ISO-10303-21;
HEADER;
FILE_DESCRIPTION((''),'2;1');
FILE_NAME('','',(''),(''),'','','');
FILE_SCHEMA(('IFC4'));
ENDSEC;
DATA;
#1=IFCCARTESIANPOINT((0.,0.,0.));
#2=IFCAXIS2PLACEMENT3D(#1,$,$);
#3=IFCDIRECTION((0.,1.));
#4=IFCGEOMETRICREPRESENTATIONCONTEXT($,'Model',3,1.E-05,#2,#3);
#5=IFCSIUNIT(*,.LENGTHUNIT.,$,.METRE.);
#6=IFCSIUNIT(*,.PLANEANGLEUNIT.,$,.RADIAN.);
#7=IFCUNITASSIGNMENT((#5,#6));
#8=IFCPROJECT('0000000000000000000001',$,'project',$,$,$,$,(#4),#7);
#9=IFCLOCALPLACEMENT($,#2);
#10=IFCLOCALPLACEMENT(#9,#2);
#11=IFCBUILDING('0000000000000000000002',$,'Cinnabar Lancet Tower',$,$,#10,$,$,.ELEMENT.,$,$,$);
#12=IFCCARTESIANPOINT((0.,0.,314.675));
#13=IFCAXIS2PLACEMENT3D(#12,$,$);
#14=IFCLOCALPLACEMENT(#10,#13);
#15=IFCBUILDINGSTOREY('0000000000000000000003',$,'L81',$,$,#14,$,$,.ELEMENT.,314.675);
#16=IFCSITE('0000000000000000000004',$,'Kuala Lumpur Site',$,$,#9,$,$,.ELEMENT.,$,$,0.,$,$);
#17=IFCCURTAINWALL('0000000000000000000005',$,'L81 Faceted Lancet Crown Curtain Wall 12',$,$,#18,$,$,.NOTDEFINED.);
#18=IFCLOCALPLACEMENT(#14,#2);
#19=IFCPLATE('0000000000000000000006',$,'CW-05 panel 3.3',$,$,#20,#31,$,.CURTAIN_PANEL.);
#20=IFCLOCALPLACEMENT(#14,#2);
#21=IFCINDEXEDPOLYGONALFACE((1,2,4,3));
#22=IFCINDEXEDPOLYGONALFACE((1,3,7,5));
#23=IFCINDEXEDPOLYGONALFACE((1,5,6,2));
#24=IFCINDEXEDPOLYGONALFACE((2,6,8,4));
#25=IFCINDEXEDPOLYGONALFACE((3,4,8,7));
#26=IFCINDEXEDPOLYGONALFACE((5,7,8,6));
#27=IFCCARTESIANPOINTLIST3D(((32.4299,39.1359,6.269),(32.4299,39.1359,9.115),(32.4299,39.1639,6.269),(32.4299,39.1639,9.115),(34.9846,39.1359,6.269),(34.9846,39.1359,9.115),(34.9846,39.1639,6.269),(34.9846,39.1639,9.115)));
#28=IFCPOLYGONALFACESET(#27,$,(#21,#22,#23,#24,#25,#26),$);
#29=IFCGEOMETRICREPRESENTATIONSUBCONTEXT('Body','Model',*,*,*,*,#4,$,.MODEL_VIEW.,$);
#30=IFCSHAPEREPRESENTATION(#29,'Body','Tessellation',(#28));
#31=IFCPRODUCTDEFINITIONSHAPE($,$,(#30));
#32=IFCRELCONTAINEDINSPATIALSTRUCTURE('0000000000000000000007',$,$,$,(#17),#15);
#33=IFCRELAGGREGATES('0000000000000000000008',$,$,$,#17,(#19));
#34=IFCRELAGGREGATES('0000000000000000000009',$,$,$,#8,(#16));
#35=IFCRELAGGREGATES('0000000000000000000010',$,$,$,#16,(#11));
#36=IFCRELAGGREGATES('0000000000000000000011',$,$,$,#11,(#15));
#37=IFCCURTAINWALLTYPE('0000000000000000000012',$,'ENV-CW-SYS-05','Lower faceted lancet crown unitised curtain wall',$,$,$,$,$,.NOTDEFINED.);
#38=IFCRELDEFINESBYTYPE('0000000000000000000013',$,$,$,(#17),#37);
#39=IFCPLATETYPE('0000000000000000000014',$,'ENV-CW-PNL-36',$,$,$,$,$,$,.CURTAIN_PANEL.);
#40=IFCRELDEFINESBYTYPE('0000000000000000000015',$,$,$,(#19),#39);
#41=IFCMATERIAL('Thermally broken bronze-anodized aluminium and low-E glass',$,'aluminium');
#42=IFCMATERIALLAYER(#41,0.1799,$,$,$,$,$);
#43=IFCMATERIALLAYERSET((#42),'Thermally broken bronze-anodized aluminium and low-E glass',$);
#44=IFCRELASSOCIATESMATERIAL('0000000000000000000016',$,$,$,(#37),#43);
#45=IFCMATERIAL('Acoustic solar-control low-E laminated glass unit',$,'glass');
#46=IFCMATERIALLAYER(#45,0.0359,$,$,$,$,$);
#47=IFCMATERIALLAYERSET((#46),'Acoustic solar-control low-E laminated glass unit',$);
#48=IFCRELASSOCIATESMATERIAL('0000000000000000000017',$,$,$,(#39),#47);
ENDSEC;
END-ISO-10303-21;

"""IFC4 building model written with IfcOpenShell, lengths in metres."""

from ifc_helpers import new_model, si_unit, direction, frame, origin, origin_2d, place, context, subcontext, project, spatial, rectangle, extrude, material, layer, layer_set, type_object, element, aggregate, save


model = new_model("IFC4")

# Units and contexts
model_context = context("Model", 3, precision=1e-05, world=origin(), true_north=direction((0.0, 1.0)))
body_context = subcontext(model_context, "Body", "Model", "MODEL_VIEW")
ifc_project = project(units=[si_unit("LENGTHUNIT", "METRE"), si_unit("PLANEANGLEUNIT", "RADIAN")], contexts=[model_context])

# Site, building, storey
site_placement = place(None, origin())
site = spatial("IfcSite", under=ifc_project, at=site_placement, Name="Kuala Lumpur Site", CompositionType="ELEMENT", RefElevation=0.0)
building_placement = place(site_placement, origin())
building = spatial("IfcBuilding", under=site, at=building_placement, Name="Cinnabar Lancet Tower", CompositionType="ELEMENT")
storey_placement = place(building_placement, frame((0.0, 0.0, 314.675)))
storey = spatial("IfcBuildingStorey", under=building, at=storey_placement, Name="L81", CompositionType="ELEMENT", Elevation=314.675)

# Shared definitions
ifc_material_1 = material(Name="Thermally broken bronze-anodized aluminium and low-E glass", Category="aluminium")
ifc_layer_1 = layer(ifc_material_1, 0.1799)
ifc_layer_set_1 = layer_set([ifc_layer_1], Name="Thermally broken bronze-anodized aluminium and low-E glass")
curtain_wall_type = type_object("IfcCurtainWallType", Name="ENV-CW-SYS-05", Description="Lower faceted lancet crown unitised curtain wall", PredefinedType="NOTDEFINED", material=ifc_layer_set_1)

# Curtain wall
curtain_wall_1_placement = place(storey_placement, origin())
curtain_wall_1 = element("IfcCurtainWall", 1, at=curtain_wall_1_placement, inside=storey, type_object=curtain_wall_type, Name="L81 Faceted Lancet Crown Curtain Wall 12", PredefinedType="NOTDEFINED")

# Plate
ifc_material_2 = material(Name="Acoustic solar-control low-E laminated glass unit", Category="glass")
ifc_layer_2 = layer(ifc_material_2, 0.0359)
ifc_layer_set_2 = layer_set([ifc_layer_2], Name="Acoustic solar-control low-E laminated glass unit")
plate_type = type_object("IfcPlateType", Name="ENV-CW-PNL-36", PredefinedType="CURTAIN_PANEL", material=ifc_layer_set_2)
plate_1_placement = place(storey_placement, frame((33.7073, 39.1499, 6.269), z_axis=(0.0, 0.0, 1.0), x_axis=(-1.0, 0.0, 0.0)))
plate_1 = element("IfcPlate", 2, at=plate_1_placement, type_object=plate_type, Name="CW-05 panel 3.3", PredefinedType="CURTAIN_PANEL", context=body_context, shape_type="SweptSolid", body=[
    extrude(rectangle(XDim=2.5547, YDim=0.0281, at=origin_2d()), origin(), (0.0, 0.0, 1.0), 2.8459),
])
aggregate(curtain_wall_1, [plate_1])

save(model, "model.ifc")
